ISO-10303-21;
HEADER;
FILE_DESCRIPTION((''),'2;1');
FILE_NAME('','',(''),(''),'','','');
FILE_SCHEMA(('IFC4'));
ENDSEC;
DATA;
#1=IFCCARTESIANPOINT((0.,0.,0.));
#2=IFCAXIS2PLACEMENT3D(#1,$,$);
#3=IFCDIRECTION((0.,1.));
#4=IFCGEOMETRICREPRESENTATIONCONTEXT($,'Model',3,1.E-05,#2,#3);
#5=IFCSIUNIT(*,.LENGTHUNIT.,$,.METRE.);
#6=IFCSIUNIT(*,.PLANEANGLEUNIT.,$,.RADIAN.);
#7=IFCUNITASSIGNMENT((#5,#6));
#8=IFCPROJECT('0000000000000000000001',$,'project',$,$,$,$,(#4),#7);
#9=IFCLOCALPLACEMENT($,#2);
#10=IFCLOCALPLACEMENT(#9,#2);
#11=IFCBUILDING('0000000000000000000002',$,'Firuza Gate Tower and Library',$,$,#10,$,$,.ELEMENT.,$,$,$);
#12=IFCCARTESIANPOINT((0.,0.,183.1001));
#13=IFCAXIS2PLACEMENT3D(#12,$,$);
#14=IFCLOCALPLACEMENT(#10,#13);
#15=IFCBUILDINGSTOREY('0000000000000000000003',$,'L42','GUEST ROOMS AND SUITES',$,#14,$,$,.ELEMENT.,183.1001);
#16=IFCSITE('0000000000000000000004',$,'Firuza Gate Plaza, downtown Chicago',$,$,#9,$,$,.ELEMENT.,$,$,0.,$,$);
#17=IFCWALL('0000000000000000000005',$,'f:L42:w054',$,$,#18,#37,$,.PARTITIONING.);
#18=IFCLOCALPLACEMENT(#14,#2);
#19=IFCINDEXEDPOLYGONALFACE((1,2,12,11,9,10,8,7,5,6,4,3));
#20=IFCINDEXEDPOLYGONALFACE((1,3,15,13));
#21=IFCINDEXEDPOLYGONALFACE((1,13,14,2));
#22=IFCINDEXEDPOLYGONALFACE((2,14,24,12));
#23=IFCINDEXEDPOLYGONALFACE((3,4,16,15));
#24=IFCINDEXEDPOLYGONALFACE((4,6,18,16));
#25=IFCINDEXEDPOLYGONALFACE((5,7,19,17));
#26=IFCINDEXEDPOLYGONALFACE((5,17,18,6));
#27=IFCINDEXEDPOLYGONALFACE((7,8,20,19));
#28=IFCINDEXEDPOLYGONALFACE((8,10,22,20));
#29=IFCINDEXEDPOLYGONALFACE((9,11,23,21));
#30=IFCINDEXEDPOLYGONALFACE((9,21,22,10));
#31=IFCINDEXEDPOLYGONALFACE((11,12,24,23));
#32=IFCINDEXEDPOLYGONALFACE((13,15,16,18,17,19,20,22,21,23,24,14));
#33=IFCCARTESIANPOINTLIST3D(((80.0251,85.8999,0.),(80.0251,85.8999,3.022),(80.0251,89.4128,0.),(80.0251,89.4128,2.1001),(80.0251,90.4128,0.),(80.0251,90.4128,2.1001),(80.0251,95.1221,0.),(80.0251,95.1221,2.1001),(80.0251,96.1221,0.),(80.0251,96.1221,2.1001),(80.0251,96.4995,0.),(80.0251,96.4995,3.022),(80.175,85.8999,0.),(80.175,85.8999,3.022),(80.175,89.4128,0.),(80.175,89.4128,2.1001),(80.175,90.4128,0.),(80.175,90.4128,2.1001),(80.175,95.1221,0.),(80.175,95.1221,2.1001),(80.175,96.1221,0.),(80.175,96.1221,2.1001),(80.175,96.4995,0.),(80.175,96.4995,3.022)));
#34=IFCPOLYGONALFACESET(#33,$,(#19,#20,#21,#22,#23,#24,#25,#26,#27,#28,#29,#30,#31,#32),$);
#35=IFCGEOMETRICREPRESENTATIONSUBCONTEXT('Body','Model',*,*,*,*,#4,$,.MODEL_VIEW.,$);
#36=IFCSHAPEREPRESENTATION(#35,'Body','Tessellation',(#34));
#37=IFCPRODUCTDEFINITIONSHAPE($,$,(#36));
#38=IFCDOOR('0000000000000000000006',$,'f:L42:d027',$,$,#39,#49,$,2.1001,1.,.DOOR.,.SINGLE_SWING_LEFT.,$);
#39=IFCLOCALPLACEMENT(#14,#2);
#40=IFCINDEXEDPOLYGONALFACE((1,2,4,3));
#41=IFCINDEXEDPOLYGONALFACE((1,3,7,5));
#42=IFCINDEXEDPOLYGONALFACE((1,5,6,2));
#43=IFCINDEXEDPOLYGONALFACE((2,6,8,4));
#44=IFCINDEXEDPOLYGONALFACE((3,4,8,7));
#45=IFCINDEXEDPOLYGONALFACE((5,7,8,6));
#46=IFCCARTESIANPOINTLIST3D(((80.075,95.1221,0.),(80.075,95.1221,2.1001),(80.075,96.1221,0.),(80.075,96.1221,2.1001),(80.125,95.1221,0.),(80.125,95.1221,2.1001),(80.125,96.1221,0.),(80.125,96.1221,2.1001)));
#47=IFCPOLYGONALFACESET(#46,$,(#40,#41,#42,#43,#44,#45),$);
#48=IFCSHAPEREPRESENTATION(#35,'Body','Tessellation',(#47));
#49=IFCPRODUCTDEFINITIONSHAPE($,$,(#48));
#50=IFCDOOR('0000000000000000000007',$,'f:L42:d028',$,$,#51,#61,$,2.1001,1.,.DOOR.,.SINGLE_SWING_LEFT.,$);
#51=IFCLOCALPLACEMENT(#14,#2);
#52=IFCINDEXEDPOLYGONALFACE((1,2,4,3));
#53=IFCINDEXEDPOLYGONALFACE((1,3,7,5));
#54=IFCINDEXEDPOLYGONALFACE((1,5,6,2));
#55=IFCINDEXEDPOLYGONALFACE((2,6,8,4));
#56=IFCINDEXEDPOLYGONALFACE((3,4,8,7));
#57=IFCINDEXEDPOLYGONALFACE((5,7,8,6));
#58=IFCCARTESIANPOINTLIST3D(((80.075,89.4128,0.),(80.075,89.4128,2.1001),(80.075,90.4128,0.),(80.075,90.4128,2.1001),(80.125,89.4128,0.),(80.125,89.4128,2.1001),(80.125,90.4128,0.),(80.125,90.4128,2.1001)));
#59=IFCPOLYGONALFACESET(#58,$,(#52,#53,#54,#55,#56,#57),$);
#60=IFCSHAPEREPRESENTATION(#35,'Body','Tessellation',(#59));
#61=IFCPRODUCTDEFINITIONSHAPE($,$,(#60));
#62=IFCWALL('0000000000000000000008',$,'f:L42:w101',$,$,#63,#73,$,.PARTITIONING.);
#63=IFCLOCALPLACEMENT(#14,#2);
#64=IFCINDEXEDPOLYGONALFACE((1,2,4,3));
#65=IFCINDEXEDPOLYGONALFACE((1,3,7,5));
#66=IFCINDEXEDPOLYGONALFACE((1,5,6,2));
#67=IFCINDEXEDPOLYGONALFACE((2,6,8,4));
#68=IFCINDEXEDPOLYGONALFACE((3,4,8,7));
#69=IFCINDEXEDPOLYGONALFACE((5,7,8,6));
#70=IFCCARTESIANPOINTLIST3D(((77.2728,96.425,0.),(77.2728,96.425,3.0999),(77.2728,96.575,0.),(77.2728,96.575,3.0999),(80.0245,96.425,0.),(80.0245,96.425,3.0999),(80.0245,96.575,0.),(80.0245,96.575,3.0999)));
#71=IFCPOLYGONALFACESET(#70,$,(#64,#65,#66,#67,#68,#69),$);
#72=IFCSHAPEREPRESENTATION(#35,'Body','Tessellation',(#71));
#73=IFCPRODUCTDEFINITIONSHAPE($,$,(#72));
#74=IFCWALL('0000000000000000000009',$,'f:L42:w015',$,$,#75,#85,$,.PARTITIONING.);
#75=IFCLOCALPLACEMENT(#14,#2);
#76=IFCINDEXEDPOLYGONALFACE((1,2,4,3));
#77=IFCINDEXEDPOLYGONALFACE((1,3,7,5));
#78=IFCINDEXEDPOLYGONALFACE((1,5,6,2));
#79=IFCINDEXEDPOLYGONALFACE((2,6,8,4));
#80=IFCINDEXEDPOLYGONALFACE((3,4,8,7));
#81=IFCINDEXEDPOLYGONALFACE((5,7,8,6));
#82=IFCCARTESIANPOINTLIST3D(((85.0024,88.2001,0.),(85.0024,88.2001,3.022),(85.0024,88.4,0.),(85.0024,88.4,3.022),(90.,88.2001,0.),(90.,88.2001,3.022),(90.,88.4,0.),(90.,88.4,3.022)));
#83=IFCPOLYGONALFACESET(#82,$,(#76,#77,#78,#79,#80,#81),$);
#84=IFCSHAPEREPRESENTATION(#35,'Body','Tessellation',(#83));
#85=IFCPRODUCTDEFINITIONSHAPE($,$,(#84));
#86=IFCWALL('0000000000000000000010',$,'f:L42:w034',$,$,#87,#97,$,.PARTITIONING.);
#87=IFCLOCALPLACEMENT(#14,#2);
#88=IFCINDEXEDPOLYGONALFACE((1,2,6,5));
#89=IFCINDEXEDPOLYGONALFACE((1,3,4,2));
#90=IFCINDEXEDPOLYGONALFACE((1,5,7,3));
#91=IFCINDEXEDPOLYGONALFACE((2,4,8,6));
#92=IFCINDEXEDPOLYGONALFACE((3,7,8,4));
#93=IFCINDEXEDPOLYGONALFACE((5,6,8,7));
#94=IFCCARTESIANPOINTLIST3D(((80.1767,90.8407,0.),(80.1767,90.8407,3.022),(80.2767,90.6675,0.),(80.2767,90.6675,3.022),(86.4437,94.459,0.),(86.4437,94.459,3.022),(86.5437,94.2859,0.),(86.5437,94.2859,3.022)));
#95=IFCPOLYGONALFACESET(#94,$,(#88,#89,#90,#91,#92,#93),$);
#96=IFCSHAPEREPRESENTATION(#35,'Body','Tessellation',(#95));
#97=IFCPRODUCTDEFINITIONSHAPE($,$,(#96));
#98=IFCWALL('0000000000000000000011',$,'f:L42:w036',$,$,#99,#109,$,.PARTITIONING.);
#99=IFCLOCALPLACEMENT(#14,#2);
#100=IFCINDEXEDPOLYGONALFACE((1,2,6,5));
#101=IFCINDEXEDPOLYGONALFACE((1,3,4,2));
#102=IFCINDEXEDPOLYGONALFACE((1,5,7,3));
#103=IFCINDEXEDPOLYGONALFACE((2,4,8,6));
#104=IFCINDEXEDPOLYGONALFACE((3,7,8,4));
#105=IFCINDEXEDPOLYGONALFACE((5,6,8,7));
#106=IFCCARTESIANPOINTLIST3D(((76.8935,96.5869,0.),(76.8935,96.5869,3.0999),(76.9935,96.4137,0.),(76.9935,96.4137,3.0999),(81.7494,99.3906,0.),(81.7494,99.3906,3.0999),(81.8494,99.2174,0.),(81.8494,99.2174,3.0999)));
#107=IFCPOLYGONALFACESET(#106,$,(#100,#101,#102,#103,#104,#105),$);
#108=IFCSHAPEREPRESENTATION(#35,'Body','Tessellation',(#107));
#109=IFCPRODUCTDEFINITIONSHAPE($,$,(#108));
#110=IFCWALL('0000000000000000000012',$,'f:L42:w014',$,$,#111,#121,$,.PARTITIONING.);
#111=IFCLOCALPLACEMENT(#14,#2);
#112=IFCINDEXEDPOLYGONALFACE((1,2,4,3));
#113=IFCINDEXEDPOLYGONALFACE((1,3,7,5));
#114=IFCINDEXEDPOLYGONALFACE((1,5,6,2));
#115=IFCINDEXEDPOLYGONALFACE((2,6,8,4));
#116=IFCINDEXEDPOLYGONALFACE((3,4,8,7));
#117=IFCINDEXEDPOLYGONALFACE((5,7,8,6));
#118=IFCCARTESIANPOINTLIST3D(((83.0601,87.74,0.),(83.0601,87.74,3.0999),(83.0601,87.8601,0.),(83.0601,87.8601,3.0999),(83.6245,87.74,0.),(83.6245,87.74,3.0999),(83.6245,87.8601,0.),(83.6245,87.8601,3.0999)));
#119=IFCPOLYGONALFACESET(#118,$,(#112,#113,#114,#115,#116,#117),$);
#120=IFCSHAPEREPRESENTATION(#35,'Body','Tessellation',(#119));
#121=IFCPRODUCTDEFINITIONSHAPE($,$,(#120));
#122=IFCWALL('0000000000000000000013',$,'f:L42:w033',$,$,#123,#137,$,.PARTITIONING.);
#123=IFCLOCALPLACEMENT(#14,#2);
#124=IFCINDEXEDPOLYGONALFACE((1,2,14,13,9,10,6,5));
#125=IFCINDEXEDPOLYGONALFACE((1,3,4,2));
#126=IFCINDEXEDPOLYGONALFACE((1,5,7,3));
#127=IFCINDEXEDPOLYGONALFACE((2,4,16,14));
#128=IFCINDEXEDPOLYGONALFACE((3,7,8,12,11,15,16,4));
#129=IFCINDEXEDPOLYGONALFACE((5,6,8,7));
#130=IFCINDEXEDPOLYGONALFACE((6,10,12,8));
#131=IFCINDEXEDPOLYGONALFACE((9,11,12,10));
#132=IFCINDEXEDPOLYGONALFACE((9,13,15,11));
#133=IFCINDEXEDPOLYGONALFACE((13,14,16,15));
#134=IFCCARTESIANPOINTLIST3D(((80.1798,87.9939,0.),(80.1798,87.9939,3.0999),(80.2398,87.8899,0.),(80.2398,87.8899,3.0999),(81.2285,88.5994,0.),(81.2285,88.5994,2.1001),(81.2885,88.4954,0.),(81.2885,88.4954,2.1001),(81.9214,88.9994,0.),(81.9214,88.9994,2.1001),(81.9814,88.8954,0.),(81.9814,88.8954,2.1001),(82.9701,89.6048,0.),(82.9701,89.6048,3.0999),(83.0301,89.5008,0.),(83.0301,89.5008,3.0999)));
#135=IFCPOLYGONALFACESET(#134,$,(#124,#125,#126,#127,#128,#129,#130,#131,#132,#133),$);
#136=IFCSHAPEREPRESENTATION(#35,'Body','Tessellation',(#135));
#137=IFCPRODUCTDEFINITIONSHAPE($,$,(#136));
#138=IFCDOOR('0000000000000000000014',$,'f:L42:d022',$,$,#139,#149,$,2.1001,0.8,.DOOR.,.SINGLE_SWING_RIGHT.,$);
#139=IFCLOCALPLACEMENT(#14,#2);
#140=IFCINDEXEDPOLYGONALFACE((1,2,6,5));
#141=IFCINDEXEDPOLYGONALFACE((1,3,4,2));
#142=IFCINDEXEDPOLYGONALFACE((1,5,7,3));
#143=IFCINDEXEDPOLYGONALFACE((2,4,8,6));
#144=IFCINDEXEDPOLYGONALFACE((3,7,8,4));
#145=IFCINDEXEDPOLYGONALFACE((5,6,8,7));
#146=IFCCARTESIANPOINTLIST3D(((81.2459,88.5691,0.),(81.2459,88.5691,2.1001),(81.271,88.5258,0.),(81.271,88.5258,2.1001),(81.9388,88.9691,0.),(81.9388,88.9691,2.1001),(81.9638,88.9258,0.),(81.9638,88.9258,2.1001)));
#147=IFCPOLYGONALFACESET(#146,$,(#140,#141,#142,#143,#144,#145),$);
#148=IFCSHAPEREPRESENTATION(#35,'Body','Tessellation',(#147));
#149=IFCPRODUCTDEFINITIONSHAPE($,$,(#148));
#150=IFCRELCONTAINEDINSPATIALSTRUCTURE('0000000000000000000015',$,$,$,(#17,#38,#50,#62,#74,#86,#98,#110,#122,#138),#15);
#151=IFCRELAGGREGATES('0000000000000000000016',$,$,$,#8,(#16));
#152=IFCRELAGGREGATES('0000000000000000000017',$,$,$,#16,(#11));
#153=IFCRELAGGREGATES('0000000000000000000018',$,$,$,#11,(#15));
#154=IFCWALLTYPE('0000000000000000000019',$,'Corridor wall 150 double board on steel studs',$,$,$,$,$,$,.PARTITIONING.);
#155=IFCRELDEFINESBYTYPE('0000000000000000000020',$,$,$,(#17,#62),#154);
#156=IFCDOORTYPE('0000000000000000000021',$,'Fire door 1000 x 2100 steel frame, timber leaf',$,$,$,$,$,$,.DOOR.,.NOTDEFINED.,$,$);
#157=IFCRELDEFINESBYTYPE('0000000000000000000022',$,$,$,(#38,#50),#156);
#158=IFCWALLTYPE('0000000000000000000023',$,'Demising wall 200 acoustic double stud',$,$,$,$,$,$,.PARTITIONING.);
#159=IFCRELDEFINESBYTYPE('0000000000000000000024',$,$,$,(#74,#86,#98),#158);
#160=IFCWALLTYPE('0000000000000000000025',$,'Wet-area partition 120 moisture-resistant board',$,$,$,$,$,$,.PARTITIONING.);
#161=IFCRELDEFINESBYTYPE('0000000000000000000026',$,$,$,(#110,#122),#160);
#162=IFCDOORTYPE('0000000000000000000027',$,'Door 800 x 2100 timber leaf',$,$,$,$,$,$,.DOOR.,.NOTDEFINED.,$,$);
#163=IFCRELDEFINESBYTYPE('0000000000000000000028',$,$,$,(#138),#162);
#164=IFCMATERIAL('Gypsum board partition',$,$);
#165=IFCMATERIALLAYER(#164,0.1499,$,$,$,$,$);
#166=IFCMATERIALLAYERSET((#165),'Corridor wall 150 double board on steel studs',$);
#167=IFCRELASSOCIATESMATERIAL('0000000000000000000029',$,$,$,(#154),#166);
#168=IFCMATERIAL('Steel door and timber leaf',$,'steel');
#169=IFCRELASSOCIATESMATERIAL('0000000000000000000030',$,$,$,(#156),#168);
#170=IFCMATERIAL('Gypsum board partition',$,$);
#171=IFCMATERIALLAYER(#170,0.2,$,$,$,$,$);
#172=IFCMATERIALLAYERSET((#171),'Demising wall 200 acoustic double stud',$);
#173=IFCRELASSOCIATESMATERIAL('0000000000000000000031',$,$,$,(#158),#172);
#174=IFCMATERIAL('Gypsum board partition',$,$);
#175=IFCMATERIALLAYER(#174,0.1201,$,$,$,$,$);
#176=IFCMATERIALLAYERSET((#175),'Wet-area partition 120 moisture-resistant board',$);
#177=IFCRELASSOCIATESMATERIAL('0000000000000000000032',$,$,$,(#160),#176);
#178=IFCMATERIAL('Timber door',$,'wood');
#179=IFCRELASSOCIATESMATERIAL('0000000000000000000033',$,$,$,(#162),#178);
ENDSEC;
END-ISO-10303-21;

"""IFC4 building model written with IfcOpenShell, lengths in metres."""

from ifc_helpers import new_model, si_unit, direction, frame, frame_2d, origin, place, context, subcontext, project, spatial, rectangle, extrude, material, layer, layer_set, type_object, element, fill, save


model = new_model("IFC4")

# Units and contexts
model_context = context("Model", 3, precision=1e-05, world=origin(), true_north=direction((0.0, 1.0)))
body_context = subcontext(model_context, "Body", "Model", "MODEL_VIEW")
ifc_project = project(units=[si_unit("LENGTHUNIT", "METRE"), si_unit("PLANEANGLEUNIT", "RADIAN")], contexts=[model_context])

# Site, building, storey
site_placement = place(None, origin())
site = spatial("IfcSite", under=ifc_project, at=site_placement, Name="Firuza Gate Plaza, downtown Chicago", CompositionType="ELEMENT", RefElevation=0.0)
building_placement = place(site_placement, origin())
building = spatial("IfcBuilding", under=site, at=building_placement, Name="Firuza Gate Tower and Library", CompositionType="ELEMENT")
storey_placement = place(building_placement, frame((0.0, 0.0, 183.1001)))
storey = spatial("IfcBuildingStorey", under=building, at=storey_placement, Name="L42", Description="GUEST ROOMS AND SUITES", CompositionType="ELEMENT", Elevation=183.1001)

# Shared definitions
ifc_material_1 = material(Name="Gypsum board partition")
ifc_layer_1 = layer(ifc_material_1, 0.1499)
ifc_layer_set_1 = layer_set([ifc_layer_1], Name="Corridor wall 150 double board on steel studs")
wall_type_1 = type_object("IfcWallType", Name="Corridor wall 150 double board on steel studs", PredefinedType="PARTITIONING", material=ifc_layer_set_1)

# Wall, openings, doors
wall_1_placement = place(storey_placement, frame((80.1001, 96.4995, 0.0), z_axis=(0.0, 0.0, 1.0), x_axis=(0.0, -1.0, 0.0)))
wall_1 = element("IfcWall", 1, at=wall_1_placement, inside=storey, type_object=wall_type_1, Name="f:L42:w054", PredefinedType="PARTITIONING", context=body_context, shape_type="SweptSolid", body=[
    extrude(rectangle(XDim=10.5996, YDim=0.1499, at=frame_2d((5.2998, 0.0))), origin(), (0.0, 0.0, 1.0), 3.022),
])
opening_1_placement = place(wall_1_placement, frame((0.3774, 0.0, 0.0)))
opening_1 = element("IfcOpeningElement", 2, at=opening_1_placement, cuts=wall_1, PredefinedType="OPENING", context=body_context, shape_type="SweptSolid", body=[
    extrude(rectangle(XDim=1.0, YDim=2.1001, at=frame_2d((0.5, 1.05))), frame((0.0, 0.085, 0.0), z_axis=(0.0, -1.0, 0.0), x_axis=(1.0, 0.0, 0.0)), (0.0, 0.0, 1.0), 0.1699),
])
opening_2_placement = place(wall_1_placement, frame((6.0867, 0.0, 0.0)))
opening_2 = element("IfcOpeningElement", 3, at=opening_2_placement, cuts=wall_1, PredefinedType="OPENING", context=body_context, shape_type="SweptSolid", body=[
    extrude(rectangle(XDim=1.0, YDim=2.1001, at=frame_2d((0.5, 1.05))), frame((0.0, 0.085, 0.0), z_axis=(0.0, -1.0, 0.0), x_axis=(1.0, 0.0, 0.0)), (0.0, 0.0, 1.0), 0.1699),
])
ifc_material_2 = material(Name="Steel door and timber leaf", Category="steel")
door_type_1 = type_object("IfcDoorType", Name="Fire door 1000 x 2100 steel frame, timber leaf", OperationType="NOTDEFINED", PredefinedType="DOOR", material=ifc_material_2)
door_1_placement = place(opening_1_placement, origin())
door_1 = element("IfcDoor", 4, at=door_1_placement, inside=storey, type_object=door_type_1, Name="f:L42:d027", OperationType="SINGLE_SWING_LEFT", OverallHeight=2.1001, OverallWidth=1.0, PredefinedType="DOOR", context=body_context, shape_type="SweptSolid", body=[
    extrude(rectangle(XDim=1.0, YDim=2.1001, at=frame_2d((0.5, 1.05))), frame((0.0, 0.0249, 0.0), z_axis=(0.0, -1.0, 0.0), x_axis=(1.0, 0.0, 0.0)), (0.0, 0.0, 1.0), 0.05),
])
fill(opening_1, door_1)
door_2_placement = place(opening_2_placement, origin())
door_2 = element("IfcDoor", 5, at=door_2_placement, inside=storey, type_object=door_type_1, Name="f:L42:d028", OperationType="SINGLE_SWING_LEFT", OverallHeight=2.1001, OverallWidth=1.0, PredefinedType="DOOR", context=body_context, shape_type="SweptSolid", body=[
    extrude(rectangle(XDim=1.0, YDim=2.1001, at=frame_2d((0.5, 1.05))), frame((0.0, 0.0249, 0.0), z_axis=(0.0, -1.0, 0.0), x_axis=(1.0, 0.0, 0.0)), (0.0, 0.0, 1.0), 0.05),
])
fill(opening_2, door_2)

# Walls
wall_2_placement = place(storey_placement, frame((77.2727, 96.5, 0.0), z_axis=(0.0, 0.0, 1.0), x_axis=(1.0, 0.0, 0.0)))
element("IfcWall", 6, at=wall_2_placement, inside=storey, type_object=wall_type_1, Name="f:L42:w101", PredefinedType="PARTITIONING", context=body_context, shape_type="SweptSolid", body=[
    extrude(rectangle(XDim=2.7517, YDim=0.1499, at=frame_2d((1.376, 0.0))), origin(), (0.0, 0.0, 1.0), 3.0999),
])
ifc_material_3 = material(Name="Gypsum board partition")
ifc_layer_2 = layer(ifc_material_3, 0.2)
ifc_layer_set_2 = layer_set([ifc_layer_2], Name="Demising wall 200 acoustic double stud")
wall_type_2 = type_object("IfcWallType", Name="Demising wall 200 acoustic double stud", PredefinedType="PARTITIONING", material=ifc_layer_set_2)
wall_3_placement = place(storey_placement, frame((85.0024, 88.3, 0.0), z_axis=(0.0, 0.0, 1.0), x_axis=(1.0, 0.0, 0.0)))
element("IfcWall", 7, at=wall_3_placement, inside=storey, type_object=wall_type_2, Name="f:L42:w015", PredefinedType="PARTITIONING", context=body_context, shape_type="SweptSolid", body=[
    extrude(rectangle(XDim=4.9976, YDim=0.2, at=frame_2d((2.4988, 0.0))), origin(), (0.0, 0.0, 1.0), 3.022),
])
wall_4_placement = place(storey_placement, frame((80.2268, 90.7542, 0.0), z_axis=(0.0, 0.0, 1.0), x_axis=(0.866019, 0.500011, 0.0)))
element("IfcWall", 8, at=wall_4_placement, inside=storey, type_object=wall_type_2, Name="f:L42:w034", PredefinedType="PARTITIONING", context=body_context, shape_type="SweptSolid", body=[
    extrude(rectangle(XDim=7.2366, YDim=0.2, at=frame_2d((3.6182, 0.0))), origin(), (0.0, 0.0, 1.0), 3.022),
])
wall_5_placement = place(storey_placement, frame((76.9434, 96.5002, 0.0), z_axis=(0.0, 0.0, 1.0), x_axis=(0.866016, 0.500016, 0.0)))
element("IfcWall", 9, at=wall_5_placement, inside=storey, type_object=wall_type_2, Name="f:L42:w036", PredefinedType="PARTITIONING", context=body_context, shape_type="SweptSolid", body=[
    extrude(rectangle(XDim=5.6072, YDim=0.2, at=frame_2d((2.8037, 0.0))), origin(), (0.0, 0.0, 1.0), 3.0999),
])
ifc_material_4 = material(Name="Gypsum board partition")
ifc_layer_3 = layer(ifc_material_4, 0.1201)
ifc_layer_set_3 = layer_set([ifc_layer_3], Name="Wet-area partition 120 moisture-resistant board")
wall_type_3 = type_object("IfcWallType", Name="Wet-area partition 120 moisture-resistant board", PredefinedType="PARTITIONING", material=ifc_layer_set_3)
wall_6_placement = place(storey_placement, frame((83.0601, 87.8, 0.0), z_axis=(0.0, 0.0, 1.0), x_axis=(1.0, 0.0, 0.0)))
element("IfcWall", 10, at=wall_6_placement, inside=storey, type_object=wall_type_3, Name="f:L42:w014", PredefinedType="PARTITIONING", context=body_context, shape_type="SweptSolid", body=[
    extrude(rectangle(XDim=0.5645, YDim=0.1201, at=frame_2d((0.2822, 0.0))), origin(), (0.0, 0.0, 1.0), 3.0999),
])

# Wall, opening, door
wall_7_placement = place(storey_placement, frame((83.0, 89.5527, 0.0), z_axis=(0.0, 0.0, 1.0), x_axis=(-0.866043, -0.49997, 0.0)))
wall_7 = element("IfcWall", 11, at=wall_7_placement, inside=storey, type_object=wall_type_3, Name="f:L42:w033", PredefinedType="PARTITIONING", context=body_context, shape_type="SweptSolid", body=[
    extrude(rectangle(XDim=3.2219, YDim=0.1201, at=frame_2d((1.6108, 0.0))), origin(), (0.0, 0.0, 1.0), 3.0999),
])
opening_3_placement = place(wall_7_placement, frame((1.2109, 0.0, 0.0)))
opening_3 = element("IfcOpeningElement", 12, at=opening_3_placement, cuts=wall_7, PredefinedType="OPENING", context=body_context, shape_type="SweptSolid", body=[
    extrude(rectangle(XDim=0.8, YDim=2.1001, at=frame_2d((0.3999, 1.05))), frame((0.0, 0.0701, 0.0), z_axis=(0.0, -1.0, 0.0), x_axis=(1.0, 0.0, 0.0)), (0.0, 0.0, 1.0), 0.1401),
])
ifc_material_5 = material(Name="Timber door", Category="wood")
door_type_2 = type_object("IfcDoorType", Name="Door 800 x 2100 timber leaf", OperationType="NOTDEFINED", PredefinedType="DOOR", material=ifc_material_5)
door_3_placement = place(opening_3_placement, origin())
door_3 = element("IfcDoor", 13, at=door_3_placement, inside=storey, type_object=door_type_2, Name="f:L42:d022", OperationType="SINGLE_SWING_RIGHT", OverallHeight=2.1001, OverallWidth=0.8, PredefinedType="DOOR", context=body_context, shape_type="SweptSolid", body=[
    extrude(rectangle(XDim=0.8, YDim=2.1001, at=frame_2d((0.3999, 1.05))), frame((0.0, 0.0249, 0.0), z_axis=(0.0, -1.0, 0.0), x_axis=(1.0, 0.0, 0.0)), (0.0, 0.0, 1.0), 0.05),
])
fill(opening_3, door_3)

save(model, "model.ifc")
